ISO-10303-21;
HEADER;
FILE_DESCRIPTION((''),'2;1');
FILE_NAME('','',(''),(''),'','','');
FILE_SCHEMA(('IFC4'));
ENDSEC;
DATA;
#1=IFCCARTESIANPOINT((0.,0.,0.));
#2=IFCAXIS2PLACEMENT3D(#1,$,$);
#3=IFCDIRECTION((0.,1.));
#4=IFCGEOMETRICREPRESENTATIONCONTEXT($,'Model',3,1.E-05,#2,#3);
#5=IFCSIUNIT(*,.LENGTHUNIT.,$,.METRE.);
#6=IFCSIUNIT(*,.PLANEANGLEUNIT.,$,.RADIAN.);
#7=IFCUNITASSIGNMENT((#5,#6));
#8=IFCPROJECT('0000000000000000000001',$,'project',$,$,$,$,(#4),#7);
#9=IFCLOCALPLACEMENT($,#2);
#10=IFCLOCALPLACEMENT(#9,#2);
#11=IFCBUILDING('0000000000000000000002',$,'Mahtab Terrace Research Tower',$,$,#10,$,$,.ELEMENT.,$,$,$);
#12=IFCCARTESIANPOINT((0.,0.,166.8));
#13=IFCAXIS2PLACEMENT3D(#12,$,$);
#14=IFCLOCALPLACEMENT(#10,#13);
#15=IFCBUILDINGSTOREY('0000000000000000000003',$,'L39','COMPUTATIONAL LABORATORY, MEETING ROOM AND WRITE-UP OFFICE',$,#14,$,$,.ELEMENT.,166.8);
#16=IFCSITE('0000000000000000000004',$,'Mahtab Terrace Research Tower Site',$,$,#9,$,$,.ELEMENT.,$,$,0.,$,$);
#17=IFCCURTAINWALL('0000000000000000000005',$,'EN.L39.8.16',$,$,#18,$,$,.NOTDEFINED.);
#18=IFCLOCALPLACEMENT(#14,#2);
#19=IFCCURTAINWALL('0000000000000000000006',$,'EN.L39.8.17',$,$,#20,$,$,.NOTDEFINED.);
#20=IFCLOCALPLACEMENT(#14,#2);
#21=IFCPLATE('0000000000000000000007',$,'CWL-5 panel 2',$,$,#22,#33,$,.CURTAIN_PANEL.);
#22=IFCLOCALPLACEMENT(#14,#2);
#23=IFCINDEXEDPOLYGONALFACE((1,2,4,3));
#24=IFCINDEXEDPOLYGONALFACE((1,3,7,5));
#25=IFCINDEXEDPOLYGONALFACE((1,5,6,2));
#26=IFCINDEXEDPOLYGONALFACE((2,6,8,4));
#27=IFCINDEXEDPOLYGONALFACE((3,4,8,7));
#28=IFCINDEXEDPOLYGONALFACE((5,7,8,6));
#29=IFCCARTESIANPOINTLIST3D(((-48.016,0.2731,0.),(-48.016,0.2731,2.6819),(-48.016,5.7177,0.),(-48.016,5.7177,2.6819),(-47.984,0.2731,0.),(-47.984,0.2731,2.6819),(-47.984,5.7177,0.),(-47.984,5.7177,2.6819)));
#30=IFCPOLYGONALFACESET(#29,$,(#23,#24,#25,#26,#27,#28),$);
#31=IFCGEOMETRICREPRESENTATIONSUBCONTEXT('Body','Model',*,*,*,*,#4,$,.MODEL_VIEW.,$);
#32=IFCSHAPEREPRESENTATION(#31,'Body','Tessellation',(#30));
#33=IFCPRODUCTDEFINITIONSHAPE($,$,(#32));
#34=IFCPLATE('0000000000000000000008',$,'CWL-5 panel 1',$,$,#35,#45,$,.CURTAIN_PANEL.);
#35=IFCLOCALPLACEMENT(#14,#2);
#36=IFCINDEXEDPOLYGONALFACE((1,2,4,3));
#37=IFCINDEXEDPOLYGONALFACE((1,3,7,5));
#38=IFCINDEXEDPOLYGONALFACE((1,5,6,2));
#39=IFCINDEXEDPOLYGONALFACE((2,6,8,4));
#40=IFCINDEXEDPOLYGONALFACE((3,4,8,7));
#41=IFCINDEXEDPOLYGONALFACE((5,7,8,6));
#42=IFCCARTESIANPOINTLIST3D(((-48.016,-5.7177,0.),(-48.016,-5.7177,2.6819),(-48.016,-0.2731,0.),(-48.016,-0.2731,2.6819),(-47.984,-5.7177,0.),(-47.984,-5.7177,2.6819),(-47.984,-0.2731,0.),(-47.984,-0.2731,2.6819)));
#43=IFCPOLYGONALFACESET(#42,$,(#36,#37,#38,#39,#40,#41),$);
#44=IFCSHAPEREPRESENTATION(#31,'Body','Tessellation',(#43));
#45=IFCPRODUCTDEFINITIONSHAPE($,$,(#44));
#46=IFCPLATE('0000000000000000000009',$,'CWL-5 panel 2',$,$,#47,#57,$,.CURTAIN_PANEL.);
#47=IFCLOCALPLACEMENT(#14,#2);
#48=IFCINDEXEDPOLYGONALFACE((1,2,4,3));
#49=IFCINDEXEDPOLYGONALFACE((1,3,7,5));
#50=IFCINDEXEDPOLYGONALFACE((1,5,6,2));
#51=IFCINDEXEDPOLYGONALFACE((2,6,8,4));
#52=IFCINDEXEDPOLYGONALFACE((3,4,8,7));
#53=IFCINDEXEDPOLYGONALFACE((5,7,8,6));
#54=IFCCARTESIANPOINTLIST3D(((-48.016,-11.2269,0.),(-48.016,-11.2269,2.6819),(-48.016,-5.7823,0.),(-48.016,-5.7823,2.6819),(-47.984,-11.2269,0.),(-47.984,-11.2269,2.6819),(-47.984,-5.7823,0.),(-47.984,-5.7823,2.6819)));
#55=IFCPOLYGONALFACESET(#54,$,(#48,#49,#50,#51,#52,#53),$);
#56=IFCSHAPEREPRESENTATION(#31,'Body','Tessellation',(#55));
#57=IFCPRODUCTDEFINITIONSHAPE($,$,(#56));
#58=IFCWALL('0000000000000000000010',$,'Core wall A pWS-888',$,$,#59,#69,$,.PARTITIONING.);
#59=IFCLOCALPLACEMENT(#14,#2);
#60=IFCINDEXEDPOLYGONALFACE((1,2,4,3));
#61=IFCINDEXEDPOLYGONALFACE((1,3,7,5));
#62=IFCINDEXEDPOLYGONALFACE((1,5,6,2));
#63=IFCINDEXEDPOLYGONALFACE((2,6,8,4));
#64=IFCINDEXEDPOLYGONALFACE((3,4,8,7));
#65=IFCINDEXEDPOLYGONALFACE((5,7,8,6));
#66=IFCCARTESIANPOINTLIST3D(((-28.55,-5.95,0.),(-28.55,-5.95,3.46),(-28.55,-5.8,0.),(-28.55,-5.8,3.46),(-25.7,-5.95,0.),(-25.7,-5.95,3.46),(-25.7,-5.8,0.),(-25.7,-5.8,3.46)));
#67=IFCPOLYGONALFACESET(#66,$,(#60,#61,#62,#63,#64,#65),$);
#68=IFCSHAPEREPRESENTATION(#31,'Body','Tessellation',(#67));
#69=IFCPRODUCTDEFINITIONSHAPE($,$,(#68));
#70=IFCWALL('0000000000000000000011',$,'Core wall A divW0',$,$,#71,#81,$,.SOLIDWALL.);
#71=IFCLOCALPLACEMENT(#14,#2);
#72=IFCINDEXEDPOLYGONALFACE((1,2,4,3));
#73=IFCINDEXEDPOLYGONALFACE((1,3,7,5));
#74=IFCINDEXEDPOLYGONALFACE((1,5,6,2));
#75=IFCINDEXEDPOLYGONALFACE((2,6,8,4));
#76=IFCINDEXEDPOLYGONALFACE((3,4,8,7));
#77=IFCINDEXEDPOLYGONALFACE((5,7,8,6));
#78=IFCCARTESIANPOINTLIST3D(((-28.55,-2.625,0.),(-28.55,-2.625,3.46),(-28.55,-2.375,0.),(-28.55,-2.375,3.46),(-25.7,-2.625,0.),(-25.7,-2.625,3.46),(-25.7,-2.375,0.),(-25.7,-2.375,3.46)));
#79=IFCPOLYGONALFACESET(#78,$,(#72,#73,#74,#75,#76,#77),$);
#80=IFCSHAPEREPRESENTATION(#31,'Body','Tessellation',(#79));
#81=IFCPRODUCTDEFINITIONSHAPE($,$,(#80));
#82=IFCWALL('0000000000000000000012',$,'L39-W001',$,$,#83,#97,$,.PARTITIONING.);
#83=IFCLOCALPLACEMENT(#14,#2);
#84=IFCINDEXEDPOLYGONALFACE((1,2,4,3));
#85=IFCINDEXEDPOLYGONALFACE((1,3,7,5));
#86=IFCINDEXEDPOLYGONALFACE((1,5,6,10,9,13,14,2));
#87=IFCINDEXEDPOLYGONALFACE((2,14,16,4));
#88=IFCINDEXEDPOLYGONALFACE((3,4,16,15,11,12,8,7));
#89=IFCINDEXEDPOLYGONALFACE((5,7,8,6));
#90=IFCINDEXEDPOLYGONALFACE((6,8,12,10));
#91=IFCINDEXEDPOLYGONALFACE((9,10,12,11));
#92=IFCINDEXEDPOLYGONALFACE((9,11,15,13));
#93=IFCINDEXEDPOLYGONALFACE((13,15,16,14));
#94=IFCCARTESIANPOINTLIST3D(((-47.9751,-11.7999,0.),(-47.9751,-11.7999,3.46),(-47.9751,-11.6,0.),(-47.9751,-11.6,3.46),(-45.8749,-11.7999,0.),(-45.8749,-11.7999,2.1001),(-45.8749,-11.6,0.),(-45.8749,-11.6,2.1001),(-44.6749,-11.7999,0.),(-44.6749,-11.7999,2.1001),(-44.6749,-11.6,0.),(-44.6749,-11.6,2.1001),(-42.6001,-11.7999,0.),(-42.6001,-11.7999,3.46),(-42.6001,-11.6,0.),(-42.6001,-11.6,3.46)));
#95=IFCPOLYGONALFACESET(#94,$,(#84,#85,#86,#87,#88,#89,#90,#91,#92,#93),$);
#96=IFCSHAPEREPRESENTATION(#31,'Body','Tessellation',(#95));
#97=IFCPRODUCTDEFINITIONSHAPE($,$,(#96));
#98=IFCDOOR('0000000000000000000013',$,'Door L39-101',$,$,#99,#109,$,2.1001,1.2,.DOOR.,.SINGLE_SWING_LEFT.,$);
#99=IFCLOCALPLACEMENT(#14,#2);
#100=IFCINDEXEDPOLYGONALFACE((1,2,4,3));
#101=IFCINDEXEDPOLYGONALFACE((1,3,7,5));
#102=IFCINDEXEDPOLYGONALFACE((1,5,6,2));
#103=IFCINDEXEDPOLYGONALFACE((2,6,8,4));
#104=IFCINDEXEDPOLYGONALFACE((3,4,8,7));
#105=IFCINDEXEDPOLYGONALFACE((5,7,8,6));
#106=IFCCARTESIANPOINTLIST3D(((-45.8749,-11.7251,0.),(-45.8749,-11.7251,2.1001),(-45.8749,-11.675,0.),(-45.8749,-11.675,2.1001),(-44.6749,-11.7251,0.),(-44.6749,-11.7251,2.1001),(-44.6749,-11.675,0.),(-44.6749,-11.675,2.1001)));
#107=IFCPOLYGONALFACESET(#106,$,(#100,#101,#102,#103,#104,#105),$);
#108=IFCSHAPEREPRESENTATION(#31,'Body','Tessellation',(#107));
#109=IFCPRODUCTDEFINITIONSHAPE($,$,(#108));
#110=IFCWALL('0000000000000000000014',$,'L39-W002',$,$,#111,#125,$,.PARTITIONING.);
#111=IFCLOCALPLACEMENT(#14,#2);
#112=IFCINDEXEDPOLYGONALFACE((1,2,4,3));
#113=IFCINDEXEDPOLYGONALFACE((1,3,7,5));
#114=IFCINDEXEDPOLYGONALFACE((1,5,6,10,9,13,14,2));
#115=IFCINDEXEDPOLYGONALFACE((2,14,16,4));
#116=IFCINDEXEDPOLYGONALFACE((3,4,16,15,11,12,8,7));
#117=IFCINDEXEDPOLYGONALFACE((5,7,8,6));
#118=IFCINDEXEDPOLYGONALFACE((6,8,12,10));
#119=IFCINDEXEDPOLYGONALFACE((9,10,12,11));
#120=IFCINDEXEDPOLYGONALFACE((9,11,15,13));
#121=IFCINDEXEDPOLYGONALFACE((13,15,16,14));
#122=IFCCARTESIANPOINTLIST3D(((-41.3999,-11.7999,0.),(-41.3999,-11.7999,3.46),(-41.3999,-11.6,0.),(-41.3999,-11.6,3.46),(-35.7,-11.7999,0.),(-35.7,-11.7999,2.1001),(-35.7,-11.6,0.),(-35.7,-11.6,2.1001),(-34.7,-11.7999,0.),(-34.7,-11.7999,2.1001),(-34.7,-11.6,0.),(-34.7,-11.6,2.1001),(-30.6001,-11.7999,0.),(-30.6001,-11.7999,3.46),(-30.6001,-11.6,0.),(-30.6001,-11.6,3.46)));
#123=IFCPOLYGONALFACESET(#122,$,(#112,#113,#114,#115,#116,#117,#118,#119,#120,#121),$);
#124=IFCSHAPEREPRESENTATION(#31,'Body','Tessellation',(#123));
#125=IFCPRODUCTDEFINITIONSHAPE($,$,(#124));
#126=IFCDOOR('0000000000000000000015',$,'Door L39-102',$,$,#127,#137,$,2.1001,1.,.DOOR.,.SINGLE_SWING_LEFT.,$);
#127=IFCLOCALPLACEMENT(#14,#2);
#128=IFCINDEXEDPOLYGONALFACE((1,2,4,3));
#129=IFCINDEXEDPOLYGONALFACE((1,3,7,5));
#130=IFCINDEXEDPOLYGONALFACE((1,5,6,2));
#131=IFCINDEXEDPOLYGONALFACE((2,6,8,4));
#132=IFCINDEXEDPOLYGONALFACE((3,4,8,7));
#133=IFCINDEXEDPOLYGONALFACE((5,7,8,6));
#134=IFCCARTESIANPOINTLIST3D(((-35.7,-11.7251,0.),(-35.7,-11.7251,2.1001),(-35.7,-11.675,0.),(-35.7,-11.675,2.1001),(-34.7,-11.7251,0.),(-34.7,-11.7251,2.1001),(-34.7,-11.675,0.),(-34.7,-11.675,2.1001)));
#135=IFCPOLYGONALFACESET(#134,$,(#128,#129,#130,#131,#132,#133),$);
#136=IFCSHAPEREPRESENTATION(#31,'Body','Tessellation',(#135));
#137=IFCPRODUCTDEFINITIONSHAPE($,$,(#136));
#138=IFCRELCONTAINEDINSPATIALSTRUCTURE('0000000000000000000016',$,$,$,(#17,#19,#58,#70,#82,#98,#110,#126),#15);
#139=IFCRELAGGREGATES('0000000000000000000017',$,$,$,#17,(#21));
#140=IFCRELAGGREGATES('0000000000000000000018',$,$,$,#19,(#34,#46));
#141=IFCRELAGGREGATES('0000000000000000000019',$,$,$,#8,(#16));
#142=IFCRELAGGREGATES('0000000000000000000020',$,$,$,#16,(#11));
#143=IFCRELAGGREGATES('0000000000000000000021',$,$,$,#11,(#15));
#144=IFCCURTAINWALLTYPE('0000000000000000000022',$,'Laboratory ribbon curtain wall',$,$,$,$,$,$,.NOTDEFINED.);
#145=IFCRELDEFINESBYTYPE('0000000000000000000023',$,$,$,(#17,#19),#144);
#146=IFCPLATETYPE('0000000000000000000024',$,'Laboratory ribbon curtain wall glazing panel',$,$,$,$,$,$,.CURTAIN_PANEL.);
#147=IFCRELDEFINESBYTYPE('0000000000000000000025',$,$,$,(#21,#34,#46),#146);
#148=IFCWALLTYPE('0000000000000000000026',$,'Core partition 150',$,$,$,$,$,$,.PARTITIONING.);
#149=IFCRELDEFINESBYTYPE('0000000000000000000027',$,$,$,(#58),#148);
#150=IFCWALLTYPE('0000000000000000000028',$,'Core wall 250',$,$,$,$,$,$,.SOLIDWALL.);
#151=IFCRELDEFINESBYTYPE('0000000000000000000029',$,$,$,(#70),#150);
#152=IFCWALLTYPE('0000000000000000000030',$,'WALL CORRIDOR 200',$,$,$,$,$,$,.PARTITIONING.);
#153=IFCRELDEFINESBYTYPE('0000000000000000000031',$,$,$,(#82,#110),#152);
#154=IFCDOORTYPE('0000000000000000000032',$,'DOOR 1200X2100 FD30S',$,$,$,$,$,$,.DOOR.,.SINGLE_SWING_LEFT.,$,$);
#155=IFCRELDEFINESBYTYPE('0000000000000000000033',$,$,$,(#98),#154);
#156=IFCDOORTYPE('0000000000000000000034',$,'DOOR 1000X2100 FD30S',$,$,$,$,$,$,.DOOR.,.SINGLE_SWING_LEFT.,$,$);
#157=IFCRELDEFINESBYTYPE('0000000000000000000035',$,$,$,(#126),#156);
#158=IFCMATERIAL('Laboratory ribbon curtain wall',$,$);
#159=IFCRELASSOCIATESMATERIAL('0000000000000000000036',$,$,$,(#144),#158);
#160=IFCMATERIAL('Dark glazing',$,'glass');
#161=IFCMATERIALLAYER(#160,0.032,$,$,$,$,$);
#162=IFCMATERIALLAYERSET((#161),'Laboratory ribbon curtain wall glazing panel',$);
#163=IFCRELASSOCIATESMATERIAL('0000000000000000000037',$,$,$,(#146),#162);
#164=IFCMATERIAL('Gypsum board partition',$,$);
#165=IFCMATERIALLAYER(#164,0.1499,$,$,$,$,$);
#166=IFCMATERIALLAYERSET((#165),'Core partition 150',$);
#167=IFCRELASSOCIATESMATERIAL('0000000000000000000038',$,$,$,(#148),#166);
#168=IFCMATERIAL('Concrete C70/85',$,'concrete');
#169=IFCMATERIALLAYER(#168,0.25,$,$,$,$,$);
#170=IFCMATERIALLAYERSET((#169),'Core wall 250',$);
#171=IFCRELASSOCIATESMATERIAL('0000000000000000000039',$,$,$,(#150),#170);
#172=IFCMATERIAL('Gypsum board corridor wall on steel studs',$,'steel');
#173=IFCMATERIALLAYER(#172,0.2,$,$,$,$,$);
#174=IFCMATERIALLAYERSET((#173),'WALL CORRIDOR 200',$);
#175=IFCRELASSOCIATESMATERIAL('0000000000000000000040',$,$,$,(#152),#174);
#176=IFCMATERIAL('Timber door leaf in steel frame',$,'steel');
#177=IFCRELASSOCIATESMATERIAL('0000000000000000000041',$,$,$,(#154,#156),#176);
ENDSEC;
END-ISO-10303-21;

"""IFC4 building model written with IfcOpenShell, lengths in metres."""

from ifc_helpers import new_model, si_unit, direction, frame, frame_2d, origin, origin_2d, place, context, subcontext, project, spatial, rectangle, extrude, material, layer, layer_set, type_object, element, fill, aggregate, save


model = new_model("IFC4")

# Units and contexts
model_context = context("Model", 3, precision=1e-05, world=origin(), true_north=direction((0.0, 1.0)))
body_context = subcontext(model_context, "Body", "Model", "MODEL_VIEW")
ifc_project = project(units=[si_unit("LENGTHUNIT", "METRE"), si_unit("PLANEANGLEUNIT", "RADIAN")], contexts=[model_context])

# Site, building, storey
site_placement = place(None, origin())
site = spatial("IfcSite", under=ifc_project, at=site_placement, Name="Mahtab Terrace Research Tower Site", CompositionType="ELEMENT", RefElevation=0.0)
building_placement = place(site_placement, origin())
building = spatial("IfcBuilding", under=site, at=building_placement, Name="Mahtab Terrace Research Tower", CompositionType="ELEMENT")
storey_placement = place(building_placement, frame((0.0, 0.0, 166.8)))
storey = spatial("IfcBuildingStorey", under=building, at=storey_placement, Name="L39", Description="COMPUTATIONAL LABORATORY, MEETING ROOM AND WRITE-UP OFFICE", CompositionType="ELEMENT", Elevation=166.8)

# Shared definitions
ifc_material_1 = material(Name="Concrete C70/85", Category="concrete")

# Curtain wall
ifc_material_2 = material(Name="Laboratory ribbon curtain wall")
curtain_wall_type = type_object("IfcCurtainWallType", Name="Laboratory ribbon curtain wall", PredefinedType="NOTDEFINED", material=ifc_material_2)
curtain_wall_1_placement = place(storey_placement, origin())
curtain_wall_1 = element("IfcCurtainWall", 1, at=curtain_wall_1_placement, inside=storey, type_object=curtain_wall_type, Name="EN.L39.8.16", PredefinedType="NOTDEFINED")

# Curtain wall
curtain_wall_2_placement = place(storey_placement, origin())
curtain_wall_2 = element("IfcCurtainWall", 2, at=curtain_wall_2_placement, inside=storey, type_object=curtain_wall_type, Name="EN.L39.8.17", PredefinedType="NOTDEFINED")

# Plates
ifc_material_3 = material(Name="Dark glazing", Category="glass")
ifc_layer_1 = layer(ifc_material_3, 0.032)
ifc_layer_set_1 = layer_set([ifc_layer_1], Name="Laboratory ribbon curtain wall glazing panel")
plate_type = type_object("IfcPlateType", Name="Laboratory ribbon curtain wall glazing panel", PredefinedType="CURTAIN_PANEL", material=ifc_layer_set_1)
plate_1_placement = place(storey_placement, frame((-48.0, 2.9954, 0.0), z_axis=(0.0, 0.0, 1.0), x_axis=(0.0, -1.0, 0.0)))
plate_1 = element("IfcPlate", 3, at=plate_1_placement, type_object=plate_type, Name="CWL-5 panel 2", PredefinedType="CURTAIN_PANEL", context=body_context, shape_type="SweptSolid", body=[
    extrude(rectangle(XDim=5.4446, YDim=0.032, at=origin_2d()), origin(), (0.0, 0.0, 1.0), 2.6819),
])
aggregate(curtain_wall_1, [plate_1])
plate_2_placement = place(storey_placement, frame((-48.0, -2.9954, 0.0), z_axis=(0.0, 0.0, 1.0), x_axis=(0.0, -1.0, 0.0)))
plate_2 = element("IfcPlate", 4, at=plate_2_placement, type_object=plate_type, Name="CWL-5 panel 1", PredefinedType="CURTAIN_PANEL", context=body_context, shape_type="SweptSolid", body=[
    extrude(rectangle(XDim=5.4446, YDim=0.032, at=origin_2d()), origin(), (0.0, 0.0, 1.0), 2.6819),
])
plate_3_placement = place(storey_placement, frame((-48.0, -8.5046, 0.0), z_axis=(0.0, 0.0, 1.0), x_axis=(0.0, -1.0, 0.0)))
plate_3 = element("IfcPlate", 5, at=plate_3_placement, type_object=plate_type, Name="CWL-5 panel 2", PredefinedType="CURTAIN_PANEL", context=body_context, shape_type="SweptSolid", body=[
    extrude(rectangle(XDim=5.4446, YDim=0.032, at=origin_2d()), origin(), (0.0, 0.0, 1.0), 2.6819),
])
aggregate(curtain_wall_2, [plate_2, plate_3])

# Walls
ifc_material_4 = material(Name="Gypsum board partition")
ifc_layer_2 = layer(ifc_material_4, 0.1499)
ifc_layer_set_2 = layer_set([ifc_layer_2], Name="Core partition 150")
wall_type_1 = type_object("IfcWallType", Name="Core partition 150", PredefinedType="PARTITIONING", material=ifc_layer_set_2)
wall_1_placement = place(storey_placement, frame((-28.55, -5.875, 0.0), z_axis=(0.0, 0.0, 1.0), x_axis=(1.0, 0.0, 0.0)))
element("IfcWall", 6, at=wall_1_placement, inside=storey, type_object=wall_type_1, Name="Core wall A pWS-888", PredefinedType="PARTITIONING", context=body_context, shape_type="SweptSolid", body=[
    extrude(rectangle(XDim=2.8501, YDim=0.1499, at=frame_2d((1.425, 0.0))), origin(), (0.0, 0.0, 1.0), 3.46),
])
ifc_layer_3 = layer(ifc_material_1, 0.25)
ifc_layer_set_3 = layer_set([ifc_layer_3], Name="Core wall 250")
wall_type_2 = type_object("IfcWallType", Name="Core wall 250", PredefinedType="SOLIDWALL", material=ifc_layer_set_3)
wall_2_placement = place(storey_placement, frame((-28.55, -2.5, 0.0), z_axis=(0.0, 0.0, 1.0), x_axis=(1.0, 0.0, 0.0)))
element("IfcWall", 7, at=wall_2_placement, inside=storey, type_object=wall_type_2, Name="Core wall A divW0", PredefinedType="SOLIDWALL", context=body_context, shape_type="SweptSolid", body=[
    extrude(rectangle(XDim=2.8501, YDim=0.25, at=frame_2d((1.425, 0.0))), origin(), (0.0, 0.0, 1.0), 3.46),
])

# Walls, openings, doors
ifc_material_5 = material(Name="Gypsum board corridor wall on steel studs", Category="steel")
ifc_layer_4 = layer(ifc_material_5, 0.2)
ifc_layer_set_4 = layer_set([ifc_layer_4], Name="WALL CORRIDOR 200")
wall_type_3 = type_object("IfcWallType", Name="WALL CORRIDOR 200", PredefinedType="PARTITIONING", material=ifc_layer_set_4)
wall_3_placement = place(storey_placement, frame((-47.9751, -11.7, 0.0), z_axis=(0.0, 0.0, 1.0), x_axis=(1.0, 0.0, 0.0)))
wall_3 = element("IfcWall", 8, at=wall_3_placement, inside=storey, type_object=wall_type_3, Name="L39-W001", PredefinedType="PARTITIONING", context=body_context, shape_type="SweptSolid", body=[
    extrude(rectangle(XDim=5.375, YDim=0.2, at=frame_2d((2.6875, 0.0))), origin(), (0.0, 0.0, 1.0), 3.46),
])
opening_1_placement = place(wall_3_placement, frame((2.1001, 0.0, 0.0)))
opening_1 = element("IfcOpeningElement", 9, at=opening_1_placement, cuts=wall_3, PredefinedType="OPENING", context=body_context, shape_type="SweptSolid", body=[
    extrude(rectangle(XDim=1.2, YDim=2.1001, at=frame_2d((0.6001, 1.05))), frame((0.0, 0.1099, 0.0), z_axis=(0.0, -1.0, 0.0), x_axis=(1.0, 0.0, 0.0)), (0.0, 0.0, 1.0), 0.22),
])
ifc_material_6 = material(Name="Timber door leaf in steel frame", Category="steel")
door_type_1 = type_object("IfcDoorType", Name="DOOR 1200X2100 FD30S", OperationType="SINGLE_SWING_LEFT", PredefinedType="DOOR", material=ifc_material_6)
door_1_placement = place(opening_1_placement, origin())
door_1 = element("IfcDoor", 10, at=door_1_placement, inside=storey, type_object=door_type_1, Name="Door L39-101", OperationType="SINGLE_SWING_LEFT", OverallHeight=2.1001, OverallWidth=1.2, PredefinedType="DOOR", context=body_context, shape_type="SweptSolid", body=[
    extrude(rectangle(XDim=1.2, YDim=2.1001, at=frame_2d((0.6001, 1.05))), frame((0.0, 0.0249, 0.0), z_axis=(0.0, -1.0, 0.0), x_axis=(1.0, 0.0, 0.0)), (0.0, 0.0, 1.0), 0.05),
])
fill(opening_1, door_1)
wall_4_placement = place(storey_placement, frame((-41.3999, -11.7, 0.0), z_axis=(0.0, 0.0, 1.0), x_axis=(1.0, 0.0, 0.0)))
wall_4 = element("IfcWall", 11, at=wall_4_placement, inside=storey, type_object=wall_type_3, Name="L39-W002", PredefinedType="PARTITIONING", context=body_context, shape_type="SweptSolid", body=[
    extrude(rectangle(XDim=10.7998, YDim=0.2, at=frame_2d((5.3999, 0.0))), origin(), (0.0, 0.0, 1.0), 3.46),
])
opening_2_placement = place(wall_4_placement, frame((5.7, 0.0, 0.0)))
opening_2 = element("IfcOpeningElement", 12, at=opening_2_placement, cuts=wall_4, PredefinedType="OPENING", context=body_context, shape_type="SweptSolid", body=[
    extrude(rectangle(XDim=1.0, YDim=2.1001, at=frame_2d((0.5, 1.05))), frame((0.0, 0.1099, 0.0), z_axis=(0.0, -1.0, 0.0), x_axis=(1.0, 0.0, 0.0)), (0.0, 0.0, 1.0), 0.22),
])
door_type_2 = type_object("IfcDoorType", Name="DOOR 1000X2100 FD30S", OperationType="SINGLE_SWING_LEFT", PredefinedType="DOOR", material=ifc_material_6)
door_2_placement = place(opening_2_placement, origin())
door_2 = element("IfcDoor", 13, at=door_2_placement, inside=storey, type_object=door_type_2, Name="Door L39-102", OperationType="SINGLE_SWING_LEFT", OverallHeight=2.1001, OverallWidth=1.0, PredefinedType="DOOR", context=body_context, shape_type="SweptSolid", body=[
    extrude(rectangle(XDim=1.0, YDim=2.1001, at=frame_2d((0.5, 1.05))), frame((0.0, 0.0249, 0.0), z_axis=(0.0, -1.0, 0.0), x_axis=(1.0, 0.0, 0.0)), (0.0, 0.0, 1.0), 0.05),
])
fill(opening_2, door_2)

save(model, "model.ifc")
